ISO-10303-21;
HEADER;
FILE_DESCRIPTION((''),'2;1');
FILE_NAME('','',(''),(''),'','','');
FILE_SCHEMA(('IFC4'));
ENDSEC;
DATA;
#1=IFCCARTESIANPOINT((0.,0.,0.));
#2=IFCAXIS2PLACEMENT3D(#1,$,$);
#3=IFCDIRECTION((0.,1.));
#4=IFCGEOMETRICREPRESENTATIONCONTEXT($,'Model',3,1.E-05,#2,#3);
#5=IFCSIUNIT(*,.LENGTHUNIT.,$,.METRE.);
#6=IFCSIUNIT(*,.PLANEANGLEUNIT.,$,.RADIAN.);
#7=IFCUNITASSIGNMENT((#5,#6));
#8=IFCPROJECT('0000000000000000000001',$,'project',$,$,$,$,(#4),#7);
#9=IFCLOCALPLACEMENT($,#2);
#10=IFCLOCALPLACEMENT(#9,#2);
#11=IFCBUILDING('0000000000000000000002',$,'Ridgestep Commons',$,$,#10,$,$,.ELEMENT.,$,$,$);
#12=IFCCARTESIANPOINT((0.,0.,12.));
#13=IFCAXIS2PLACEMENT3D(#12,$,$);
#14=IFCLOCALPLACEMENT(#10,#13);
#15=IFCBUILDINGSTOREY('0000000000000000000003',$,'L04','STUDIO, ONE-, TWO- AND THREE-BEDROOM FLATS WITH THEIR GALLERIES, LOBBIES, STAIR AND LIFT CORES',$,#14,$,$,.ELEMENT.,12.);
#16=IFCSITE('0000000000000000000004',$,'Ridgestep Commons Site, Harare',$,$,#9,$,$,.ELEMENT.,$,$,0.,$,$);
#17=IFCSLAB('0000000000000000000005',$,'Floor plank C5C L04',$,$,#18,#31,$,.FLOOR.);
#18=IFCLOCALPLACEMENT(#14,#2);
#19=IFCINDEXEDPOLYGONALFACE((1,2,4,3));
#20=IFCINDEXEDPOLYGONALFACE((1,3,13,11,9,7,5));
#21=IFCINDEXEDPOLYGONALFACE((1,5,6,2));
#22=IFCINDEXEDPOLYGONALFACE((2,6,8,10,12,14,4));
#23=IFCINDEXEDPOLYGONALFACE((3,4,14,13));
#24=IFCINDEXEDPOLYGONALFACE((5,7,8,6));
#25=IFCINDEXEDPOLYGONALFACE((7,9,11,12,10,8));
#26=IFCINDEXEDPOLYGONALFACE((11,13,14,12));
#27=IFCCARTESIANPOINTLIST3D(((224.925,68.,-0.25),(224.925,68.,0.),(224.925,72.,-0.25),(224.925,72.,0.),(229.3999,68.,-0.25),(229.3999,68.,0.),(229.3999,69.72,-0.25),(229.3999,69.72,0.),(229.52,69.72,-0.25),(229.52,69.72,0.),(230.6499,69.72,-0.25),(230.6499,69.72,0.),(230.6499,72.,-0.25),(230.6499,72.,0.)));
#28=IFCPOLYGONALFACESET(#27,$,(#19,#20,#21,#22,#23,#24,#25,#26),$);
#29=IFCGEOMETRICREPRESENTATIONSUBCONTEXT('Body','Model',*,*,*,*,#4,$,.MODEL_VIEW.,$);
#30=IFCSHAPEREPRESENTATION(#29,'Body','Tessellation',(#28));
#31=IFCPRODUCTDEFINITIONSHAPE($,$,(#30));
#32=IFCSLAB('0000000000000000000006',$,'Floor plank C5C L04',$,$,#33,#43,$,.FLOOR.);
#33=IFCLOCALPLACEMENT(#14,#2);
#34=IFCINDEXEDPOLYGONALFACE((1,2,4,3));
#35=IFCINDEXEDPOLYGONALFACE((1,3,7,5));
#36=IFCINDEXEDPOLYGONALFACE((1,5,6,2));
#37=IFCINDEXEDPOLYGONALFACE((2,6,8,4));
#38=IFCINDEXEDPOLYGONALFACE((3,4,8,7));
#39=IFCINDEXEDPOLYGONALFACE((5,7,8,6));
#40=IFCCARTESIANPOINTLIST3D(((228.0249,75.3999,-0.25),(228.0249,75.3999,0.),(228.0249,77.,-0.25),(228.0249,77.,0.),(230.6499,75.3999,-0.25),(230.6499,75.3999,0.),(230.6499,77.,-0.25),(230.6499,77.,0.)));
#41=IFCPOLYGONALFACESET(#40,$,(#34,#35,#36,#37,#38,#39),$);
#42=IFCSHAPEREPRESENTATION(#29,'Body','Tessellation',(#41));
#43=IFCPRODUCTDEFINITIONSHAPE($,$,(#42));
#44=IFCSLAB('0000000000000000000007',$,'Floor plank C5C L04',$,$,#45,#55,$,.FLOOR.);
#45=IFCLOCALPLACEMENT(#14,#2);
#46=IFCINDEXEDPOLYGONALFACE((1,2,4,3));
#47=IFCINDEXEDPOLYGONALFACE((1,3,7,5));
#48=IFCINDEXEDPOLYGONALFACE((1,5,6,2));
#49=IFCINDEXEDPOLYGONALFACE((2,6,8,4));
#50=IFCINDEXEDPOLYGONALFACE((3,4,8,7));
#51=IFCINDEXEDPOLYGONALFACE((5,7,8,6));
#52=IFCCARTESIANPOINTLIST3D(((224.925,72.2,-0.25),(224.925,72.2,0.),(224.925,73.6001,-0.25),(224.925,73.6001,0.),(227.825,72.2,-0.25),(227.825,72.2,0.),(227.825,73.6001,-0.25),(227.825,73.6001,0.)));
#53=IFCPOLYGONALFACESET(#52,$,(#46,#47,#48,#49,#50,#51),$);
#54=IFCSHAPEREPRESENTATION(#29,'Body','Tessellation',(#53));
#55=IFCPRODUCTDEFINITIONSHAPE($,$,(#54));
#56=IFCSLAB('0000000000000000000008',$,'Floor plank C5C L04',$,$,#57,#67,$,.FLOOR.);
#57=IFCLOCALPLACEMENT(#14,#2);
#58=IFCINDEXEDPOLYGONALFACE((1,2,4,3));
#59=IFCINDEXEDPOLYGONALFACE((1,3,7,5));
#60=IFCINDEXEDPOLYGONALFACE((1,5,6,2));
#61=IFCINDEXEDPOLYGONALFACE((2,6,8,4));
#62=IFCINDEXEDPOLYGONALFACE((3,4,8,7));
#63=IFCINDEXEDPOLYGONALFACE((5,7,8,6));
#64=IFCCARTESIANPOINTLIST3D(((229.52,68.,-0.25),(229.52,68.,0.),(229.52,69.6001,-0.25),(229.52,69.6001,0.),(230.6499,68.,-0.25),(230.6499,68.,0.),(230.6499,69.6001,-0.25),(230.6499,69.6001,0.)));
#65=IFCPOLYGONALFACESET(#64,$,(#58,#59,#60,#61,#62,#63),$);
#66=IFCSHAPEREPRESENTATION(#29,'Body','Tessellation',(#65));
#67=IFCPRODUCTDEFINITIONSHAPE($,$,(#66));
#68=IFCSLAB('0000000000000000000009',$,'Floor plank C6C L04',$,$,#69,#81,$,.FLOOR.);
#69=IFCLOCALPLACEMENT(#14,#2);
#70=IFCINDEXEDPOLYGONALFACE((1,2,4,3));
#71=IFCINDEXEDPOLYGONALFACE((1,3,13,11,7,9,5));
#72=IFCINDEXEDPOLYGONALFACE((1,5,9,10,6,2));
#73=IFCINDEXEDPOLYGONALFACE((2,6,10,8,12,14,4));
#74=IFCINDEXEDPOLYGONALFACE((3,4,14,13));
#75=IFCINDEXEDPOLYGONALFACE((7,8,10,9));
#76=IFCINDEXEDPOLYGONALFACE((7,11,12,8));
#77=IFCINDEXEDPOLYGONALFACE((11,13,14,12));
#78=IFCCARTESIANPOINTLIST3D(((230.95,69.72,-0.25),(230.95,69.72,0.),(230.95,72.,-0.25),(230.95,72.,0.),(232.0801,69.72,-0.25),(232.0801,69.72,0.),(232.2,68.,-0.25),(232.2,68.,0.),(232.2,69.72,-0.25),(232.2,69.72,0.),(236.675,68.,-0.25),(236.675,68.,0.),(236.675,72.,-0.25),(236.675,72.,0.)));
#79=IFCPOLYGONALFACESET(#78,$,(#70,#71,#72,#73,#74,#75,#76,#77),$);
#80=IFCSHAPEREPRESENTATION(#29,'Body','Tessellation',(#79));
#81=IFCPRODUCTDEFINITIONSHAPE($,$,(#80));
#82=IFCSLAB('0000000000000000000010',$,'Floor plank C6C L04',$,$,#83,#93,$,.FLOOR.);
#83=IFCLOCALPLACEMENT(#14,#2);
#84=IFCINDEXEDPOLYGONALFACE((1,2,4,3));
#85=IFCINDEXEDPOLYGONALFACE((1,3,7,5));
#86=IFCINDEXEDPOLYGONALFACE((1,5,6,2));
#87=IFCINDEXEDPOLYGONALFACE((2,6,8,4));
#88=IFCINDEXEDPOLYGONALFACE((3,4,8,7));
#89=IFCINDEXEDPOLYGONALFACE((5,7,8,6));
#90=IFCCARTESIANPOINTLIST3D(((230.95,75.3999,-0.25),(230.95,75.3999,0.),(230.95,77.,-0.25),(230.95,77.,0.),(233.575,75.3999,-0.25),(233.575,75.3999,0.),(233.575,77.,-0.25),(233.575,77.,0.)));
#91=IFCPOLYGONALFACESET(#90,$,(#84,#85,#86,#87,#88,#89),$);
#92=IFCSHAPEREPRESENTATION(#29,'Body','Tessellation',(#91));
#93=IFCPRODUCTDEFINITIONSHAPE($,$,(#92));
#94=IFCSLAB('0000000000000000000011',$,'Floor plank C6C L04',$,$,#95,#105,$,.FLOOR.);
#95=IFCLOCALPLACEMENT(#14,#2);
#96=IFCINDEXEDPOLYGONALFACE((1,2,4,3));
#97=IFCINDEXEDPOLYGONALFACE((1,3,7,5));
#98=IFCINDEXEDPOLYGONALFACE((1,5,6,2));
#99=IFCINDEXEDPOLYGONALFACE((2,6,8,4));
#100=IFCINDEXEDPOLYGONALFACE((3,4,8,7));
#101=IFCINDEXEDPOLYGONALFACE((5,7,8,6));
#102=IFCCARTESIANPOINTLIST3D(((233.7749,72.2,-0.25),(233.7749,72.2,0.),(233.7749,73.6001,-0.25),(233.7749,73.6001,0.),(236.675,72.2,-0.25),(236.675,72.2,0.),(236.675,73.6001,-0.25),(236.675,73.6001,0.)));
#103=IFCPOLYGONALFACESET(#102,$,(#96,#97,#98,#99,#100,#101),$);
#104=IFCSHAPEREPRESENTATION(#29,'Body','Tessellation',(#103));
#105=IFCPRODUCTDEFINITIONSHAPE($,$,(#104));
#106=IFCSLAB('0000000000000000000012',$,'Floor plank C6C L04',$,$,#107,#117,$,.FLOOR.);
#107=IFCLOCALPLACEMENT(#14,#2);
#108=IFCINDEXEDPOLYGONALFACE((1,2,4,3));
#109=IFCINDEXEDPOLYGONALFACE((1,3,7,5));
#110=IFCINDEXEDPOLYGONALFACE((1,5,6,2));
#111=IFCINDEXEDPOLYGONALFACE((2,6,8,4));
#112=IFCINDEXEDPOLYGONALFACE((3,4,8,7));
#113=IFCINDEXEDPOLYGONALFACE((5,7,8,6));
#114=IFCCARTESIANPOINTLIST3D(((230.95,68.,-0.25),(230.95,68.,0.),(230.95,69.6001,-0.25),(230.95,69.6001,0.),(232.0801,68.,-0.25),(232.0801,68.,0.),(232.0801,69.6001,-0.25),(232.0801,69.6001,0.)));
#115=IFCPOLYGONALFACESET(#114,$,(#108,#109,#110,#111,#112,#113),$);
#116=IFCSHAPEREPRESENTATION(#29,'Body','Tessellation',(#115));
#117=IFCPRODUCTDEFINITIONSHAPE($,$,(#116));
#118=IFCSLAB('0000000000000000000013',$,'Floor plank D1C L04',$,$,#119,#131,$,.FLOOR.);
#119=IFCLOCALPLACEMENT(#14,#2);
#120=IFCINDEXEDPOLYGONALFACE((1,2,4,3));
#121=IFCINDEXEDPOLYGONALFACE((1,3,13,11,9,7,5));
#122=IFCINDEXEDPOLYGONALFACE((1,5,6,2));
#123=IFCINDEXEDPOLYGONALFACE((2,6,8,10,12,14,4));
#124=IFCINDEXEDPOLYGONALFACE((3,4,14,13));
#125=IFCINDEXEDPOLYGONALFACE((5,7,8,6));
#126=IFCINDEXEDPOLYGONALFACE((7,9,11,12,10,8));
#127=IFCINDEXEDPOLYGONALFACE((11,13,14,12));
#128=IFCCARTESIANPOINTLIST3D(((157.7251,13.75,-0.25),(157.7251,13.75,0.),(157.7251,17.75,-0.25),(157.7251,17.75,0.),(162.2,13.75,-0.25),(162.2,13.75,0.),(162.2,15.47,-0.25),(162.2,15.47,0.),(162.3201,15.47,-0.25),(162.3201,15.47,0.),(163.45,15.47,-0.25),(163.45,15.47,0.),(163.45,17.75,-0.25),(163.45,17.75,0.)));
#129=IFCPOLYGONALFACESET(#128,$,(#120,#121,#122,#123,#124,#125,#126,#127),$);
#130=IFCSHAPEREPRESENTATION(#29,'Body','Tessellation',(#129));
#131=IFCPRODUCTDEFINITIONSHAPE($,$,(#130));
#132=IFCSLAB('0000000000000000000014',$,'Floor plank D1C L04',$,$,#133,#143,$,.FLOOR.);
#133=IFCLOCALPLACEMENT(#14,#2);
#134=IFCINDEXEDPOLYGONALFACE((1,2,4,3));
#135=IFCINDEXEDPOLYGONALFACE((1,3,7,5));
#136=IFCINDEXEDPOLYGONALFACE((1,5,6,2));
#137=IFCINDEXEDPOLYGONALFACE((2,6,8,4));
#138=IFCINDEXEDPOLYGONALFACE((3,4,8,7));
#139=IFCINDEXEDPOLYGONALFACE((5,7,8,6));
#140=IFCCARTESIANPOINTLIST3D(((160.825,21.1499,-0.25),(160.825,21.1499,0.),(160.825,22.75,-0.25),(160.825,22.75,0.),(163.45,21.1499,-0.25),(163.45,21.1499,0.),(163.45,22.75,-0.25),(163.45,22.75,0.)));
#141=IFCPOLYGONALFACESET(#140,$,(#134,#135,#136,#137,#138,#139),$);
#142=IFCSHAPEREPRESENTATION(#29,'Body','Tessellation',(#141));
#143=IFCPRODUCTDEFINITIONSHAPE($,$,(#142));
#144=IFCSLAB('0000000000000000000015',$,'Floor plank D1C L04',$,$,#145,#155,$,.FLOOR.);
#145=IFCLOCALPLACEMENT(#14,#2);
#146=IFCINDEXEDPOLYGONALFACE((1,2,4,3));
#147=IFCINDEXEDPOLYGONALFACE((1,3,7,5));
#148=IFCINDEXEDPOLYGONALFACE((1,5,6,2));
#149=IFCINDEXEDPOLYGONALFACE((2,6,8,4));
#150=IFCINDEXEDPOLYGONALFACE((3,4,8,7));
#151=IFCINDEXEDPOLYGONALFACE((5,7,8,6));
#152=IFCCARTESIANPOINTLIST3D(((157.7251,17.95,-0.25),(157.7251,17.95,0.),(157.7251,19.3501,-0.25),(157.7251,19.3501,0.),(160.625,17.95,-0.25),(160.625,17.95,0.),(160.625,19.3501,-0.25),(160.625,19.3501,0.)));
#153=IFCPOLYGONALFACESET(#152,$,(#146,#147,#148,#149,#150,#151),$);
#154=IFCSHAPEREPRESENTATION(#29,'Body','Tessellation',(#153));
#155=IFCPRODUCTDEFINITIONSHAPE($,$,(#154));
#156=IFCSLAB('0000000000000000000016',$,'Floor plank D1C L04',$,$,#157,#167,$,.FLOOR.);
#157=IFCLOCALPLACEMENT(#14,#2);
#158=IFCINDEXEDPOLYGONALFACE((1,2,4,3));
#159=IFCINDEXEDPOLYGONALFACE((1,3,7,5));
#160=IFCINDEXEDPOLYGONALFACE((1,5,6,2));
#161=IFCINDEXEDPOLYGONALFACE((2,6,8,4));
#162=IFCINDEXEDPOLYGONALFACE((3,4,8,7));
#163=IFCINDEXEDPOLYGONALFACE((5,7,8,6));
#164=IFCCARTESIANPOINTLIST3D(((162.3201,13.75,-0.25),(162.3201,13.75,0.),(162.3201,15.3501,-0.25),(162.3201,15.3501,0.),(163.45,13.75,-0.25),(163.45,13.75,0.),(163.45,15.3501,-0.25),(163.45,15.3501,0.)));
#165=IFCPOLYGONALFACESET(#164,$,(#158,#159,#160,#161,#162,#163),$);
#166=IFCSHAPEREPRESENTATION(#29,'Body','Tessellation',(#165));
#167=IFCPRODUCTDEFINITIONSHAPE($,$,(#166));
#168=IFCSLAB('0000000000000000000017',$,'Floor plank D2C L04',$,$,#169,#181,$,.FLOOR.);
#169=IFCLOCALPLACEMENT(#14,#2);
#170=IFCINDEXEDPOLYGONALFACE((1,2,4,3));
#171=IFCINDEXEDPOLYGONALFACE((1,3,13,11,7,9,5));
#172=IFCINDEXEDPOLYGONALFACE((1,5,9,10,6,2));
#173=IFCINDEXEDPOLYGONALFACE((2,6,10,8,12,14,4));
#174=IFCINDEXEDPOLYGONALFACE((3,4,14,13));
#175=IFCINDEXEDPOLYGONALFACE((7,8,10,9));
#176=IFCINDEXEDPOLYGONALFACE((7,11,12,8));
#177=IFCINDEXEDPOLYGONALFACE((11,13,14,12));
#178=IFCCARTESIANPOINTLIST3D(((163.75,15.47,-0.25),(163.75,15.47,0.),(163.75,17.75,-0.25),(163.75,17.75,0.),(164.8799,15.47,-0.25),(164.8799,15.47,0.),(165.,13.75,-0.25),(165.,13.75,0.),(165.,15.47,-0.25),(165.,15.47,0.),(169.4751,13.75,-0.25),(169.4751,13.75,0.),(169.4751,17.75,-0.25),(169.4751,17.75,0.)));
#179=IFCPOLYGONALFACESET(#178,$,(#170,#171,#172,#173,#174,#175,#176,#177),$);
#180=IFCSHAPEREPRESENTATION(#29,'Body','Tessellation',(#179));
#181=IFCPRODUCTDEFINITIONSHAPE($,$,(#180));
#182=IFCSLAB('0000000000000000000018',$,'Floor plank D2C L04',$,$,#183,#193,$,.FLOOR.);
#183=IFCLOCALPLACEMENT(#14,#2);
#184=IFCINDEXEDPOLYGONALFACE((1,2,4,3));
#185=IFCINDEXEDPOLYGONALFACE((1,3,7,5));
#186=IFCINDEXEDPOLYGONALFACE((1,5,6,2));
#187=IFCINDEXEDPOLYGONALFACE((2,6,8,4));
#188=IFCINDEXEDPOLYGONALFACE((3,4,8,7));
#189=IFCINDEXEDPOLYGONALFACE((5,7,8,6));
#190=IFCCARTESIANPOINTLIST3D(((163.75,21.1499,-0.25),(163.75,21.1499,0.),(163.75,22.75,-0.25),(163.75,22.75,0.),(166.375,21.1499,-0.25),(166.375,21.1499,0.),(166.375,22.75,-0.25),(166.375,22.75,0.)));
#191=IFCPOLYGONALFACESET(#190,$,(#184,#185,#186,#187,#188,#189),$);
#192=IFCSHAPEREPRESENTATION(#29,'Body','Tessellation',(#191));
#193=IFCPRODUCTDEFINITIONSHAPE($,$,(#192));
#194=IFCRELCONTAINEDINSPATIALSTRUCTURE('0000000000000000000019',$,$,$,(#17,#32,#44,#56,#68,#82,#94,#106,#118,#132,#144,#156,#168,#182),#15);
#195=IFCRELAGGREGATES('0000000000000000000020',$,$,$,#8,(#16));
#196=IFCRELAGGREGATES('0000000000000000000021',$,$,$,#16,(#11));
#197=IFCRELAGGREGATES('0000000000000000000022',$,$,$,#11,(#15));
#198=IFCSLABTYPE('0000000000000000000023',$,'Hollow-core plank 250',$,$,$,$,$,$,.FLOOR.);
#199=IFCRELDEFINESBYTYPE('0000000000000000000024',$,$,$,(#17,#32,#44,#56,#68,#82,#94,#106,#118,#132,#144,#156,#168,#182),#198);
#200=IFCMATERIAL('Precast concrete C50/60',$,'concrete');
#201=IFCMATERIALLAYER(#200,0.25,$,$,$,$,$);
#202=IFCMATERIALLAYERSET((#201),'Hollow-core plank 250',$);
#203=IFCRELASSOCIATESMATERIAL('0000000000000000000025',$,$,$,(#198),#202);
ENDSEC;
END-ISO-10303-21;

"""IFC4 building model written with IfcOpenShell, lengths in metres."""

from ifc_helpers import new_model, si_unit, direction, frame, origin, place, context, subcontext, project, spatial, polyline, outline, extrude, material, layer, layer_set, type_object, element, save


model = new_model("IFC4")

# Units and contexts
model_context = context("Model", 3, precision=1e-05, world=origin(), true_north=direction((0.0, 1.0)))
body_context = subcontext(model_context, "Body", "Model", "MODEL_VIEW")
ifc_project = project(units=[si_unit("LENGTHUNIT", "METRE"), si_unit("PLANEANGLEUNIT", "RADIAN")], contexts=[model_context])

# Site, building, storey
site_placement = place(None, origin())
site = spatial("IfcSite", under=ifc_project, at=site_placement, Name="Ridgestep Commons Site, Harare", CompositionType="ELEMENT", RefElevation=0.0)
building_placement = place(site_placement, origin())
building = spatial("IfcBuilding", under=site, at=building_placement, Name="Ridgestep Commons", CompositionType="ELEMENT")
storey_placement = place(building_placement, frame((0.0, 0.0, 12.0)))
storey = spatial("IfcBuildingStorey", under=building, at=storey_placement, Name="L04", Description="STUDIO, ONE-, TWO- AND THREE-BEDROOM FLATS WITH THEIR GALLERIES, LOBBIES, STAIR AND LIFT CORES", CompositionType="ELEMENT", Elevation=12.0)

# Slabs
ifc_material = material(Name="Precast concrete C50/60", Category="concrete")
ifc_layer = layer(ifc_material, 0.25)
ifc_layer_set = layer_set([ifc_layer], Name="Hollow-core plank 250")
slab_type = type_object("IfcSlabType", Name="Hollow-core plank 250", PredefinedType="FLOOR", material=ifc_layer_set)
slab_1_placement = place(storey_placement, frame((0.0, 0.0, -0.25)))
element("IfcSlab", 1, at=slab_1_placement, inside=storey, type_object=slab_type, Name="Floor plank C5C L04", PredefinedType="FLOOR", context=body_context, shape_type="SweptSolid", body=[
    extrude(outline(polyline([(229.52, 69.72), (230.6499, 69.72), (230.6499, 72.0), (224.925, 72.0), (224.925, 68.0), (229.3999, 68.0), (229.3999, 69.72), (229.52, 69.72)])), origin(), (0.0, 0.0, 1.0), 0.25),
])
slab_2_placement = place(storey_placement, frame((0.0, 0.0, -0.25)))
element("IfcSlab", 2, at=slab_2_placement, inside=storey, type_object=slab_type, Name="Floor plank C5C L04", PredefinedType="FLOOR", context=body_context, shape_type="SweptSolid", body=[
    extrude(outline(polyline([(230.6499, 75.3999), (230.6499, 77.0), (228.0249, 77.0), (228.0249, 75.3999), (230.6499, 75.3999)])), origin(), (0.0, 0.0, 1.0), 0.25),
])
slab_3_placement = place(storey_placement, frame((0.0, 0.0, -0.25)))
element("IfcSlab", 3, at=slab_3_placement, inside=storey, type_object=slab_type, Name="Floor plank C5C L04", PredefinedType="FLOOR", context=body_context, shape_type="SweptSolid", body=[
    extrude(outline(polyline([(227.825, 72.2), (227.825, 73.6001), (224.925, 73.6001), (224.925, 72.2), (227.825, 72.2)])), origin(), (0.0, 0.0, 1.0), 0.25),
])
slab_4_placement = place(storey_placement, frame((0.0, 0.0, -0.25)))
element("IfcSlab", 4, at=slab_4_placement, inside=storey, type_object=slab_type, Name="Floor plank C5C L04", PredefinedType="FLOOR", context=body_context, shape_type="SweptSolid", body=[
    extrude(outline(polyline([(229.52, 68.0), (230.6499, 68.0), (230.6499, 69.6001), (229.52, 69.6001), (229.52, 68.0)])), origin(), (0.0, 0.0, 1.0), 0.25),
])
slab_5_placement = place(storey_placement, frame((0.0, 0.0, -0.25)))
element("IfcSlab", 5, at=slab_5_placement, inside=storey, type_object=slab_type, Name="Floor plank C6C L04", PredefinedType="FLOOR", context=body_context, shape_type="SweptSolid", body=[
    extrude(outline(polyline([(232.2, 68.0), (236.675, 68.0), (236.675, 72.0), (230.95, 72.0), (230.95, 69.72), (232.0801, 69.72), (232.2, 69.72), (232.2, 68.0)])), origin(), (0.0, 0.0, 1.0), 0.25),
])
slab_6_placement = place(storey_placement, frame((0.0, 0.0, -0.25)))
element("IfcSlab", 6, at=slab_6_placement, inside=storey, type_object=slab_type, Name="Floor plank C6C L04", PredefinedType="FLOOR", context=body_context, shape_type="SweptSolid", body=[
    extrude(outline(polyline([(233.575, 77.0), (230.95, 77.0), (230.95, 75.3999), (233.575, 75.3999), (233.575, 77.0)])), origin(), (0.0, 0.0, 1.0), 0.25),
])
slab_7_placement = place(storey_placement, frame((0.0, 0.0, -0.25)))
element("IfcSlab", 7, at=slab_7_placement, inside=storey, type_object=slab_type, Name="Floor plank C6C L04", PredefinedType="FLOOR", context=body_context, shape_type="SweptSolid", body=[
    extrude(outline(polyline([(236.675, 72.2), (236.675, 73.6001), (233.7749, 73.6001), (233.7749, 72.2), (236.675, 72.2)])), origin(), (0.0, 0.0, 1.0), 0.25),
])
slab_8_placement = place(storey_placement, frame((0.0, 0.0, -0.25)))
element("IfcSlab", 8, at=slab_8_placement, inside=storey, type_object=slab_type, Name="Floor plank C6C L04", PredefinedType="FLOOR", context=body_context, shape_type="SweptSolid", body=[
    extrude(outline(polyline([(232.0801, 69.6001), (230.95, 69.6001), (230.95, 68.0), (232.0801, 68.0), (232.0801, 69.6001)])), origin(), (0.0, 0.0, 1.0), 0.25),
])
slab_9_placement = place(storey_placement, frame((0.0, 0.0, -0.25)))
element("IfcSlab", 9, at=slab_9_placement, inside=storey, type_object=slab_type, Name="Floor plank D1C L04", PredefinedType="FLOOR", context=body_context, shape_type="SweptSolid", body=[
    extrude(outline(polyline([(162.3201, 15.47), (163.45, 15.47), (163.45, 17.75), (157.7251, 17.75), (157.7251, 13.75), (162.2, 13.75), (162.2, 15.47), (162.3201, 15.47)])), origin(), (0.0, 0.0, 1.0), 0.25),
])
slab_10_placement = place(storey_placement, frame((0.0, 0.0, -0.25)))
element("IfcSlab", 10, at=slab_10_placement, inside=storey, type_object=slab_type, Name="Floor plank D1C L04", PredefinedType="FLOOR", context=body_context, shape_type="SweptSolid", body=[
    extrude(outline(polyline([(163.45, 21.1499), (163.45, 22.75), (160.825, 22.75), (160.825, 21.1499), (163.45, 21.1499)])), origin(), (0.0, 0.0, 1.0), 0.25),
])
slab_11_placement = place(storey_placement, frame((0.0, 0.0, -0.25)))
element("IfcSlab", 11, at=slab_11_placement, inside=storey, type_object=slab_type, Name="Floor plank D1C L04", PredefinedType="FLOOR", context=body_context, shape_type="SweptSolid", body=[
    extrude(outline(polyline([(160.625, 17.95), (160.625, 19.3501), (157.7251, 19.3501), (157.7251, 17.95), (160.625, 17.95)])), origin(), (0.0, 0.0, 1.0), 0.25),
])
slab_12_placement = place(storey_placement, frame((0.0, 0.0, -0.25)))
element("IfcSlab", 12, at=slab_12_placement, inside=storey, type_object=slab_type, Name="Floor plank D1C L04", PredefinedType="FLOOR", context=body_context, shape_type="SweptSolid", body=[
    extrude(outline(polyline([(162.3201, 13.75), (163.45, 13.75), (163.45, 15.3501), (162.3201, 15.3501), (162.3201, 13.75)])), origin(), (0.0, 0.0, 1.0), 0.25),
])
slab_13_placement = place(storey_placement, frame((0.0, 0.0, -0.25)))
element("IfcSlab", 13, at=slab_13_placement, inside=storey, type_object=slab_type, Name="Floor plank D2C L04", PredefinedType="FLOOR", context=body_context, shape_type="SweptSolid", body=[
    extrude(outline(polyline([(165.0, 13.75), (169.4751, 13.75), (169.4751, 17.75), (163.75, 17.75), (163.75, 15.47), (164.8799, 15.47), (165.0, 15.47), (165.0, 13.75)])), origin(), (0.0, 0.0, 1.0), 0.25),
])
slab_14_placement = place(storey_placement, frame((0.0, 0.0, -0.25)))
element("IfcSlab", 14, at=slab_14_placement, inside=storey, type_object=slab_type, Name="Floor plank D2C L04", PredefinedType="FLOOR", context=body_context, shape_type="SweptSolid", body=[
    extrude(outline(polyline([(166.375, 22.75), (163.75, 22.75), (163.75, 21.1499), (166.375, 21.1499), (166.375, 22.75)])), origin(), (0.0, 0.0, 1.0), 0.25),
])

save(model, "model.ifc")
